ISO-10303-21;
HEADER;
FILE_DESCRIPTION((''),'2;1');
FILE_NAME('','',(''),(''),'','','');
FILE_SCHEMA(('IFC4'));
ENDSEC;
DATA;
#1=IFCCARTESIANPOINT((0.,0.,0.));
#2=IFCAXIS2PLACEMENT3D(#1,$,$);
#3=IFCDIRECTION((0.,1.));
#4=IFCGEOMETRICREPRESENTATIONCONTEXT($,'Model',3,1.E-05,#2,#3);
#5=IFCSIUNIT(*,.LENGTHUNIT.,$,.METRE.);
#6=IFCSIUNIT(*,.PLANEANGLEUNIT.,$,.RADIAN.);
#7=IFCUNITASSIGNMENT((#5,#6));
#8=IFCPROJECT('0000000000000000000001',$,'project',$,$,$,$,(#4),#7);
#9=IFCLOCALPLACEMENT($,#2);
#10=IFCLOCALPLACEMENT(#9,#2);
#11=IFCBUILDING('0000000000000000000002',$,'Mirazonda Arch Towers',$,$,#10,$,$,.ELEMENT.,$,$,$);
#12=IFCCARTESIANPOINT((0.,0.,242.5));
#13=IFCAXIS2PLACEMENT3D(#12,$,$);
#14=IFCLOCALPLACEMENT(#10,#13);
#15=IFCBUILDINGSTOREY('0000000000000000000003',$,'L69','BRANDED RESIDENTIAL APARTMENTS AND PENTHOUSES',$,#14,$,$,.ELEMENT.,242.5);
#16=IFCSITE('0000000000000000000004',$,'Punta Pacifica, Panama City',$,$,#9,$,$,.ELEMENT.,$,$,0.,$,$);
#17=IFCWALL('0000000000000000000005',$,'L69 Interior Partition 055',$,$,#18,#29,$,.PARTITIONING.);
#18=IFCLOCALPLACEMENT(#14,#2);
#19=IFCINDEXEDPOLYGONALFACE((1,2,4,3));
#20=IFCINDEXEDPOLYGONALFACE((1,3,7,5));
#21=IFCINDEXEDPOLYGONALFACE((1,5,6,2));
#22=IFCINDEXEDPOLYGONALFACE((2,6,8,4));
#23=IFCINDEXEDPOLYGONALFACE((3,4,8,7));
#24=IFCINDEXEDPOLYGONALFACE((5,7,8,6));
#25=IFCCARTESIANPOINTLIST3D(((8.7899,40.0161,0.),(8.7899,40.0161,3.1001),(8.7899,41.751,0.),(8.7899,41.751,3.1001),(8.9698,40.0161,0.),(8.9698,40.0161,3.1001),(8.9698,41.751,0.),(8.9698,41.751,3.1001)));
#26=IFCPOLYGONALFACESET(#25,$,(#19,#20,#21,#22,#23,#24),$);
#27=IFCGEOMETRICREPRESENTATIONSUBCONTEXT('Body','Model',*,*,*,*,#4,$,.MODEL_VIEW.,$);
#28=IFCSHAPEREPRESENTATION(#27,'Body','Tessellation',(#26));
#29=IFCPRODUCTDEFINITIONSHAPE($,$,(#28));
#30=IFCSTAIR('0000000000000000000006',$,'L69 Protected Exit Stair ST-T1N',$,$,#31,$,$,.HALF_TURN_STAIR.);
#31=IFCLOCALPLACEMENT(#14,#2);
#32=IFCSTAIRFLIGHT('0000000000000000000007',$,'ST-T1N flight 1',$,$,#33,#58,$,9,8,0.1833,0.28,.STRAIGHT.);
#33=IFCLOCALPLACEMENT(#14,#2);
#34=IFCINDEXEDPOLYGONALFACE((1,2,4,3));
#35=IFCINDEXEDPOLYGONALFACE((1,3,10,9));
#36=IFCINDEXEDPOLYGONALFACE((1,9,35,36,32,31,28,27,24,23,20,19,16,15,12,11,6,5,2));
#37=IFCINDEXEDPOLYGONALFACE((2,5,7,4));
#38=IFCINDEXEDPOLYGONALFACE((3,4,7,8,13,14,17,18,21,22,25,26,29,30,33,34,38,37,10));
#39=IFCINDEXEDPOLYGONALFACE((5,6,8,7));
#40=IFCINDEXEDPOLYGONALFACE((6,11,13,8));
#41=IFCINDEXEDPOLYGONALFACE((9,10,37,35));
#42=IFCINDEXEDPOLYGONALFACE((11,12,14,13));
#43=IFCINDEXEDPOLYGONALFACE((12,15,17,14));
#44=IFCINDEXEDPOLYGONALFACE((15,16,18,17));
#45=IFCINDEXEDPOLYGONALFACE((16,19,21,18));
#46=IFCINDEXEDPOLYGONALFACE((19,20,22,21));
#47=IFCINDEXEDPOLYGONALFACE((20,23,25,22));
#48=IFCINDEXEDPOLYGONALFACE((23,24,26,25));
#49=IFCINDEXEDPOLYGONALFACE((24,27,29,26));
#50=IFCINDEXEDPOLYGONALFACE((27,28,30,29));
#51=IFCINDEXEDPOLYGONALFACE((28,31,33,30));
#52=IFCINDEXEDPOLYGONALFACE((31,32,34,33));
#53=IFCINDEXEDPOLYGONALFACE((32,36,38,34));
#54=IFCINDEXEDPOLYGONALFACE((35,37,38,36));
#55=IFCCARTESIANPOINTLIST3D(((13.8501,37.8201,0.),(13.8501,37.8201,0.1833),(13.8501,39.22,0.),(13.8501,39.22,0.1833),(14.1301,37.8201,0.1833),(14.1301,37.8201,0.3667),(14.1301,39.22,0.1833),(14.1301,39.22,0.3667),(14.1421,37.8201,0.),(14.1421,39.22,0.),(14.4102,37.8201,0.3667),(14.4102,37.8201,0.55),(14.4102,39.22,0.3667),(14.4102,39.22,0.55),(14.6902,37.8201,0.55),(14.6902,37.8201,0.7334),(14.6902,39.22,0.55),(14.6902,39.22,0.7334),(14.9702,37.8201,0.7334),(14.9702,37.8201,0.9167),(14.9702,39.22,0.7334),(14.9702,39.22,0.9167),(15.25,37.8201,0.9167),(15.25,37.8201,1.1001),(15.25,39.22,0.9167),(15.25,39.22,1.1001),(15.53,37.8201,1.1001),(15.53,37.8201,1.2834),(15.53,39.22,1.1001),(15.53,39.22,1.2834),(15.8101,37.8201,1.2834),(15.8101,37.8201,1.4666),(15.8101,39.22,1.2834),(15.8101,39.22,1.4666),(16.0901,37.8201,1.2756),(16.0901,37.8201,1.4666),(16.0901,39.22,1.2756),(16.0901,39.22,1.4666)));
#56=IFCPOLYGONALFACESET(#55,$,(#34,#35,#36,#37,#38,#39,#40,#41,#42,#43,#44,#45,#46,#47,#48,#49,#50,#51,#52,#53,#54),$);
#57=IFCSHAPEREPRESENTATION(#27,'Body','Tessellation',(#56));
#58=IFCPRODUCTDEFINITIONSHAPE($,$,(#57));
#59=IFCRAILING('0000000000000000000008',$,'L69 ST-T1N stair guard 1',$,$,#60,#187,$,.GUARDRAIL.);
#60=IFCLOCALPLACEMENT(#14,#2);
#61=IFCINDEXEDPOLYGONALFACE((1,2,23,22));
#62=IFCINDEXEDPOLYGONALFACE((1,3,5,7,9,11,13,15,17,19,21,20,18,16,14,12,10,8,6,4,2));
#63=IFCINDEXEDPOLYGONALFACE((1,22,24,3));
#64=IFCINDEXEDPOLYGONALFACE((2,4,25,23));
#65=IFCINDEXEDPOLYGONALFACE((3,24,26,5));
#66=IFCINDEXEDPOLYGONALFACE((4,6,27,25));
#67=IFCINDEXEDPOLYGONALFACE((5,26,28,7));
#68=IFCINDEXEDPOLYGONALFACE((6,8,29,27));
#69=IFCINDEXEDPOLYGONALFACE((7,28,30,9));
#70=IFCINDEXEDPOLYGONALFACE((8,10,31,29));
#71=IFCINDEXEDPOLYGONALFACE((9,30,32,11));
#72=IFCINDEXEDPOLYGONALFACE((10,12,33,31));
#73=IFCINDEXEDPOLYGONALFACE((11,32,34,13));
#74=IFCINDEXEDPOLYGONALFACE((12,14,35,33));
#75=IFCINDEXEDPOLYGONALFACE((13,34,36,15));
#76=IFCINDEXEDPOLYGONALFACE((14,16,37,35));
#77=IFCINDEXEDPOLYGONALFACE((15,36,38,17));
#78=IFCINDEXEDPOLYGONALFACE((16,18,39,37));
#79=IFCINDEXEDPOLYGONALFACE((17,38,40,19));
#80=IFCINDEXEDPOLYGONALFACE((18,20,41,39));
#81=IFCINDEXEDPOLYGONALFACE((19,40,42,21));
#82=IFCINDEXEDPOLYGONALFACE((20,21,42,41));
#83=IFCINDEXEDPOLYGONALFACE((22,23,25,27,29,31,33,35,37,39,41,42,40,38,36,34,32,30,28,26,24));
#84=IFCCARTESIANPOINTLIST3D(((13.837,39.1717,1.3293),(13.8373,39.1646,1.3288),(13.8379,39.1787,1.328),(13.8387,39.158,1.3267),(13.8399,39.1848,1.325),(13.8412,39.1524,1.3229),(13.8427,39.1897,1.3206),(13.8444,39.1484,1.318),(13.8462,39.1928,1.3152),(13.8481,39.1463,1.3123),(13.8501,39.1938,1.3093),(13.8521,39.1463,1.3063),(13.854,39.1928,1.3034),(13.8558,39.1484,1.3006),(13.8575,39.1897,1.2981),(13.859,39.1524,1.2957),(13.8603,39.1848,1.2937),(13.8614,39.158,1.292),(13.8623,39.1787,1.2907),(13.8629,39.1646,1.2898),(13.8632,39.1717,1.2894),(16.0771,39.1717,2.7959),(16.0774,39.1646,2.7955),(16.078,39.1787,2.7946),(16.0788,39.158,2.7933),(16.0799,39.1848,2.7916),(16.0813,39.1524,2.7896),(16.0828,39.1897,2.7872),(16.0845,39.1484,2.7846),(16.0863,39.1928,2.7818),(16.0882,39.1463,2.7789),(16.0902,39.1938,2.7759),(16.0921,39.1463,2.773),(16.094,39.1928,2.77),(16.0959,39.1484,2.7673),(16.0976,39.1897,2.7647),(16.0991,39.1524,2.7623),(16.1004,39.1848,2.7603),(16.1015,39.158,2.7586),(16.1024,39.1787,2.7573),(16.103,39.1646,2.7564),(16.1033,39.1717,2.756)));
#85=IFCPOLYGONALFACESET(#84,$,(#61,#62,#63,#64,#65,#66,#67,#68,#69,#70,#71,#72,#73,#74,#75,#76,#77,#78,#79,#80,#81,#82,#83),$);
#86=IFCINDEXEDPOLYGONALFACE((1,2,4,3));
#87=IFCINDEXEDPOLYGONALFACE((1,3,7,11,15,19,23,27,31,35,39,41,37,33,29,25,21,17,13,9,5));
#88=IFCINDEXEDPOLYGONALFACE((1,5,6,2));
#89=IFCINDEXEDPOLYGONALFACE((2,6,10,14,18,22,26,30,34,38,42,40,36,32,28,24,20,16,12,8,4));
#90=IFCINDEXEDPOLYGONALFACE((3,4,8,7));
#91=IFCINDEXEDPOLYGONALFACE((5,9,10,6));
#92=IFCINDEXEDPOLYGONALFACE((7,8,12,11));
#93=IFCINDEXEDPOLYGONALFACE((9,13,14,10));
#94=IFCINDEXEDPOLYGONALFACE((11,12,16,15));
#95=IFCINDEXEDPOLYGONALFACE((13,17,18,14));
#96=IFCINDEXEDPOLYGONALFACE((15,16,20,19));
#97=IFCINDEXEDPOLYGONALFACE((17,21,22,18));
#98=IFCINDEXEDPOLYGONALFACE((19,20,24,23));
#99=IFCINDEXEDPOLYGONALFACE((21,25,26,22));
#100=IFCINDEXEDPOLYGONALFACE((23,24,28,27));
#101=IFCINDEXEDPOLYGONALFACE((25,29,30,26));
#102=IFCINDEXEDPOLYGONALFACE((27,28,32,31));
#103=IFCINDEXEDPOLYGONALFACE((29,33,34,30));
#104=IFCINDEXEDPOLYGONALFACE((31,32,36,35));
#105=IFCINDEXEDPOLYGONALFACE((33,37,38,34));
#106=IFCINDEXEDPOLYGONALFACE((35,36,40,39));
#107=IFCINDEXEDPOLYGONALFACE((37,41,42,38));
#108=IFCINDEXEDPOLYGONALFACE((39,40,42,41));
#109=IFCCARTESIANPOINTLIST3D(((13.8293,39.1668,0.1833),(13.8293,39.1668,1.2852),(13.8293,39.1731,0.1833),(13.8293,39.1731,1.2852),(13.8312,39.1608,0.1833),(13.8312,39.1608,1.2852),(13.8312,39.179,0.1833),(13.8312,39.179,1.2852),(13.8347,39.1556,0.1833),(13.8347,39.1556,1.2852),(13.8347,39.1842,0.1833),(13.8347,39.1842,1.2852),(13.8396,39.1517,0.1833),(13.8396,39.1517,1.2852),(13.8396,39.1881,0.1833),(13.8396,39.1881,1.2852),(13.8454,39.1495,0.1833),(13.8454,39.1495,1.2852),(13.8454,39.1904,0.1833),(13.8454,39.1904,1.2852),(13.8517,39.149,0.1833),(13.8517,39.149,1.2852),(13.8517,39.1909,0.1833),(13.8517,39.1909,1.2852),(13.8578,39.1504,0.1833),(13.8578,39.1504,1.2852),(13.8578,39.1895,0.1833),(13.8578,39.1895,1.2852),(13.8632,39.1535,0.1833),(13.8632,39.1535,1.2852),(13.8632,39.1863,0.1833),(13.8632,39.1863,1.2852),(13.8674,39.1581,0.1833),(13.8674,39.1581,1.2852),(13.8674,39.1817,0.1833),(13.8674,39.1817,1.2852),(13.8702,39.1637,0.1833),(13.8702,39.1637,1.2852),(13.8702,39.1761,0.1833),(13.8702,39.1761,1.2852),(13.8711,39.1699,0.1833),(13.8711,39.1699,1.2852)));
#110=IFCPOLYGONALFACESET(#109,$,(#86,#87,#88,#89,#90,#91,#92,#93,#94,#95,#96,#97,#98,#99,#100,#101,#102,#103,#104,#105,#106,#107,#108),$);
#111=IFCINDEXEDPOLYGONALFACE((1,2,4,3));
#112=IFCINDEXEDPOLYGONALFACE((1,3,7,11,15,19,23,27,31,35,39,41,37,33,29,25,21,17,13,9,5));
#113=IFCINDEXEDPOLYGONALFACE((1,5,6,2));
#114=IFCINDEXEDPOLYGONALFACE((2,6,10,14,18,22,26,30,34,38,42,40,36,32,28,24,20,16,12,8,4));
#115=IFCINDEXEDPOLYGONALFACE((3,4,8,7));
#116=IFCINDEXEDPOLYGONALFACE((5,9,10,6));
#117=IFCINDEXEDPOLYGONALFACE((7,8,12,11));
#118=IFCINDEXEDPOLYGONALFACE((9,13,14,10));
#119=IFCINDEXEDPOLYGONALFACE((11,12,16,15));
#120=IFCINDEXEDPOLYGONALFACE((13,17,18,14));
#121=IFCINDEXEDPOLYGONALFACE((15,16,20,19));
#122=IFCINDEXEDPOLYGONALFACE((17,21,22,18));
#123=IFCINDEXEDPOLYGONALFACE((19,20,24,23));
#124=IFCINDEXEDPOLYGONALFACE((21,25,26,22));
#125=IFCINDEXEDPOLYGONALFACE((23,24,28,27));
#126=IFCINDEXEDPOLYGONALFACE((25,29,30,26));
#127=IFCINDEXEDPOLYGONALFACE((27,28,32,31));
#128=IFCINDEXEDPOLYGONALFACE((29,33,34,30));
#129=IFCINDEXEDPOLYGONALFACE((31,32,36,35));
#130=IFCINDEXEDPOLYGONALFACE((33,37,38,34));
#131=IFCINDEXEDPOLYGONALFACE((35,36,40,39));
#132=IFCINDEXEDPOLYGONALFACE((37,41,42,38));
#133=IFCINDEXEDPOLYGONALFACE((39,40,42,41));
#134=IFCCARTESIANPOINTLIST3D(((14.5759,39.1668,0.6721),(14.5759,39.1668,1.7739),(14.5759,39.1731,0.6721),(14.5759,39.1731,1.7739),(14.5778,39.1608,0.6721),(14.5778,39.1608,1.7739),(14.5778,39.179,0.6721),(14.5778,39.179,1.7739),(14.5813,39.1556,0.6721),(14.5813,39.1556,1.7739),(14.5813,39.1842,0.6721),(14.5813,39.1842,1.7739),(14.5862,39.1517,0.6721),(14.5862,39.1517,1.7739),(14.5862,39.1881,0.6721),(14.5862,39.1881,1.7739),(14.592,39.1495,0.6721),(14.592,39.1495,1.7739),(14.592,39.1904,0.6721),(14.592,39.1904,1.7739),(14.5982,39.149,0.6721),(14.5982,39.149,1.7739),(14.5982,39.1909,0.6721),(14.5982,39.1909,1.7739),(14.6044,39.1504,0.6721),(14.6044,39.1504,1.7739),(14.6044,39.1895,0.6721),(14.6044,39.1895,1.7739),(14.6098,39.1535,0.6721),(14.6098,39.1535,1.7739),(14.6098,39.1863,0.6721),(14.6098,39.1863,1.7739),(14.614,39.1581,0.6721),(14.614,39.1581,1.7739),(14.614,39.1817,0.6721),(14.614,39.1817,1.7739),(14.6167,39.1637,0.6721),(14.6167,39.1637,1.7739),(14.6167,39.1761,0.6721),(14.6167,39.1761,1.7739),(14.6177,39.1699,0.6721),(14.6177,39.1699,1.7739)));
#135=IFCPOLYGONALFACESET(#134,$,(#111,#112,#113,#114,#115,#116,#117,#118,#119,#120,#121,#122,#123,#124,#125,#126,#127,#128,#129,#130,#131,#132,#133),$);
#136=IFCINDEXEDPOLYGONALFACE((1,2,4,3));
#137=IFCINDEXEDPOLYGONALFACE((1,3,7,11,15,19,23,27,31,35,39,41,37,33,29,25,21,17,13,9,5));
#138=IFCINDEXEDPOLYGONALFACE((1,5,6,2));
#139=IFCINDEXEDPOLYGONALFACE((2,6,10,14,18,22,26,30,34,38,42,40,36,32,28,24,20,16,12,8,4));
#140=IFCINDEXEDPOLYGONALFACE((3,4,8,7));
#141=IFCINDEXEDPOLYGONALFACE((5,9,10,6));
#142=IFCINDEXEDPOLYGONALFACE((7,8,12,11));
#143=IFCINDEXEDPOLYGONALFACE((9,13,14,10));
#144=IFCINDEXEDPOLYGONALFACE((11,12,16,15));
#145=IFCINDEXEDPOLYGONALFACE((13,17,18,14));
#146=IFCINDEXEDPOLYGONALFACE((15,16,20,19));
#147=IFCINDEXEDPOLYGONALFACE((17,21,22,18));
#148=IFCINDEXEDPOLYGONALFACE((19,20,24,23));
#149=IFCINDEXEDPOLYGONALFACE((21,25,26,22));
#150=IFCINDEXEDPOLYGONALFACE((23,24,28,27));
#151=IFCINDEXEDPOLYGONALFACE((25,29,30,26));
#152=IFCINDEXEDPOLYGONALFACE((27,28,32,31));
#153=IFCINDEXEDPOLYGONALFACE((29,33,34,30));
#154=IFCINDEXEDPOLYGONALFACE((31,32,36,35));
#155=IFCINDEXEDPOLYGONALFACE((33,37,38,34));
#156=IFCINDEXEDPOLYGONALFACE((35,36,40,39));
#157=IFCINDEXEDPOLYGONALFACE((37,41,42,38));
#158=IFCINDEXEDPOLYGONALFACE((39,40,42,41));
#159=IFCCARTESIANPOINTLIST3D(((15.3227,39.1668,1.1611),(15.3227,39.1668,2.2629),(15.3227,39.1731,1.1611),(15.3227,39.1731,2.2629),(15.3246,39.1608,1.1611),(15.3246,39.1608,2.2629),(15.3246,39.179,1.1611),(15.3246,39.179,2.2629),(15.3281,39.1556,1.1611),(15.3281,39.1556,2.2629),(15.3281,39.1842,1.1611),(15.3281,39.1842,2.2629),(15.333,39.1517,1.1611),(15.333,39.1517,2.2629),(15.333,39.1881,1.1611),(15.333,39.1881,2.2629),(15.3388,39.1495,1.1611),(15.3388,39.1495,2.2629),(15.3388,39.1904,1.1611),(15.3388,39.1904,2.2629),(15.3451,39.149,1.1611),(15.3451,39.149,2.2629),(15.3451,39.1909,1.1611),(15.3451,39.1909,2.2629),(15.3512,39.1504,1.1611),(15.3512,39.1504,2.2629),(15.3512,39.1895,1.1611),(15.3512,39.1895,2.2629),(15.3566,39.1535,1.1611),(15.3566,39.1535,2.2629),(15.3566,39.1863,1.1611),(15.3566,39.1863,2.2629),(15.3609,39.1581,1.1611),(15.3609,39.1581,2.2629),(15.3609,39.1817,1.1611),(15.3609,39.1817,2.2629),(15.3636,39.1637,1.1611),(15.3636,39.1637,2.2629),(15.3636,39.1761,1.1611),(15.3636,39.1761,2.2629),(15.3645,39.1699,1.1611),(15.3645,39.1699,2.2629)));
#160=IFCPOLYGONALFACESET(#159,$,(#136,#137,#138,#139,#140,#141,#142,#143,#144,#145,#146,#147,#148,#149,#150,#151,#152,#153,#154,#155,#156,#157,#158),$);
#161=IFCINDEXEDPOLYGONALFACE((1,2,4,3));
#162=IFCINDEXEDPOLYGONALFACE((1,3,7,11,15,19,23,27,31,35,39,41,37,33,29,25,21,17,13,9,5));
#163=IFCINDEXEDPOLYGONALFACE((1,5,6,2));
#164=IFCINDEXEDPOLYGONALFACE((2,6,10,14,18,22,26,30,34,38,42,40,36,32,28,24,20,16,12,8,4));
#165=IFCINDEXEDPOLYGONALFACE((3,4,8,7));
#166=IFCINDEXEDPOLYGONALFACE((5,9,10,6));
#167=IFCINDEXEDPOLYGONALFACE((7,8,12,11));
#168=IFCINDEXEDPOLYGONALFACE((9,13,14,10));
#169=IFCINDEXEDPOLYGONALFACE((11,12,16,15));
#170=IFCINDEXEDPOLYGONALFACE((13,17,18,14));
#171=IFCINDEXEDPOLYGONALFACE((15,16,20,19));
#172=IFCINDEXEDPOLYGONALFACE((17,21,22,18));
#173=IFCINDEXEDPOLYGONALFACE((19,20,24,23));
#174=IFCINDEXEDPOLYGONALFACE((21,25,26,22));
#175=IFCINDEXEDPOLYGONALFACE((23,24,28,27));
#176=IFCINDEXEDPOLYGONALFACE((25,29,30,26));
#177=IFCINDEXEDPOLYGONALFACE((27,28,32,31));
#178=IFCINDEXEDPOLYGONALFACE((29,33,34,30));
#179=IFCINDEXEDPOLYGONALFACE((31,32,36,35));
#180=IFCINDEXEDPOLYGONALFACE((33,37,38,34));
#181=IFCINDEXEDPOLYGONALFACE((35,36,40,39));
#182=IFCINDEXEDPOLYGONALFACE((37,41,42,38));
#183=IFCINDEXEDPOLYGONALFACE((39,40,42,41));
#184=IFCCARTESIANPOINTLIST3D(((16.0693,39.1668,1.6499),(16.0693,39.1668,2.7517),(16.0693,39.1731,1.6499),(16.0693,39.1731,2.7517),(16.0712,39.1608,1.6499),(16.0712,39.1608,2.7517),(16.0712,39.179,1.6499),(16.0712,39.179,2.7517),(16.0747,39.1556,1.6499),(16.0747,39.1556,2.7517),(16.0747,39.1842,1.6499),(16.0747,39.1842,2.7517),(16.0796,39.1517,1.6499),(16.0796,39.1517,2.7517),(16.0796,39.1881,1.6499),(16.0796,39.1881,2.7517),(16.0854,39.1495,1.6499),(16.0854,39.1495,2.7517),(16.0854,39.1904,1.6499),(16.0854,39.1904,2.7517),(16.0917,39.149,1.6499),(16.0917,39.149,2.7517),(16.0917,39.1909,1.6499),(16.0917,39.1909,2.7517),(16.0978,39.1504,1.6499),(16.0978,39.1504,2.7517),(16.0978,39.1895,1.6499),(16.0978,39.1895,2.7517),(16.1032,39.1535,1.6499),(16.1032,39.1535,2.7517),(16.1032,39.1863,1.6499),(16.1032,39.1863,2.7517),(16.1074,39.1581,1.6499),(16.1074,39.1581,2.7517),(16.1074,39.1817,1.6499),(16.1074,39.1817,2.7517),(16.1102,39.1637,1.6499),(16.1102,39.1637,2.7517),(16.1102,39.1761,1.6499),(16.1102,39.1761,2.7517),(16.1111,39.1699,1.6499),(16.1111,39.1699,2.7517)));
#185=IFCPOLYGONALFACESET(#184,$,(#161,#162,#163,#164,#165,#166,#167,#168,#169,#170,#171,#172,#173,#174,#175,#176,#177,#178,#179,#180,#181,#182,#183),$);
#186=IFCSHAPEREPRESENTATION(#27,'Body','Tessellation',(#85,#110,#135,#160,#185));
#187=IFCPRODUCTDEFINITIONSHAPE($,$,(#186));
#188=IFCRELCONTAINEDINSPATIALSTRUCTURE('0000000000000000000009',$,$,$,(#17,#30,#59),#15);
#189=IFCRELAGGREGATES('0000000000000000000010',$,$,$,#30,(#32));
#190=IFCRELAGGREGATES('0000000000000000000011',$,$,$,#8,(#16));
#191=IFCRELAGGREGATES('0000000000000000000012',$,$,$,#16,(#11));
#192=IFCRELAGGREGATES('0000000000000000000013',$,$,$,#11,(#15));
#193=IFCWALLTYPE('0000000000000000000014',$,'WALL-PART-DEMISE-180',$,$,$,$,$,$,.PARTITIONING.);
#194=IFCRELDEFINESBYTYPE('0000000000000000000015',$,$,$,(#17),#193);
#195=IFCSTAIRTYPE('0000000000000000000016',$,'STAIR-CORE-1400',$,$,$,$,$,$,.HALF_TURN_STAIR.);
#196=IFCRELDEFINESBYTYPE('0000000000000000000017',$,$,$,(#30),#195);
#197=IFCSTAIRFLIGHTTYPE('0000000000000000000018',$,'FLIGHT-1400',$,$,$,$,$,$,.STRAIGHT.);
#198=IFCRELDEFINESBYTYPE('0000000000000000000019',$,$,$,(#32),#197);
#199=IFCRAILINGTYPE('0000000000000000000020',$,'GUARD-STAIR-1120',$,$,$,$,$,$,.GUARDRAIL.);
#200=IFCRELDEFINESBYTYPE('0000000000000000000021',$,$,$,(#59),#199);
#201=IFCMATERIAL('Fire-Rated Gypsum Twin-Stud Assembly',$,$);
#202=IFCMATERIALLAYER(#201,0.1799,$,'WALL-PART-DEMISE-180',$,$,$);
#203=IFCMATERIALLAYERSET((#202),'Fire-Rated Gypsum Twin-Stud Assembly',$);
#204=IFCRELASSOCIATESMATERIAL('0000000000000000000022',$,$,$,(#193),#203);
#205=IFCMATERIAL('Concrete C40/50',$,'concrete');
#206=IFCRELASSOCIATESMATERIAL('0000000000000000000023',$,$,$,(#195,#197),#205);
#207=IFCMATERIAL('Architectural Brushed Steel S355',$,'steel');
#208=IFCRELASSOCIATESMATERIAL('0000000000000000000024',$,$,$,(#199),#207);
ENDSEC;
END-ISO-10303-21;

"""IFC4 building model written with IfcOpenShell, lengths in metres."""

from ifc_helpers import new_model, si_unit, direction, frame, frame_2d, origin, origin_2d, place, context, subcontext, project, spatial, polyline, rectangle, circle, outline, extrude, material, layer, layer_set, type_object, element, aggregate, save


model = new_model("IFC4")

# Units and contexts
model_context = context("Model", 3, precision=1e-05, world=origin(), true_north=direction((0.0, 1.0)))
body_context = subcontext(model_context, "Body", "Model", "MODEL_VIEW")
ifc_project = project(units=[si_unit("LENGTHUNIT", "METRE"), si_unit("PLANEANGLEUNIT", "RADIAN")], contexts=[model_context])

# Site, building, storey
site_placement = place(None, origin())
site = spatial("IfcSite", under=ifc_project, at=site_placement, Name="Punta Pacifica, Panama City", CompositionType="ELEMENT", RefElevation=0.0)
building_placement = place(site_placement, origin())
building = spatial("IfcBuilding", under=site, at=building_placement, Name="Mirazonda Arch Towers", CompositionType="ELEMENT")
storey_placement = place(building_placement, frame((0.0, 0.0, 242.5)))
storey = spatial("IfcBuildingStorey", under=building, at=storey_placement, Name="L69", Description="BRANDED RESIDENTIAL APARTMENTS AND PENTHOUSES", CompositionType="ELEMENT", Elevation=242.5)

# Shared definitions
ifc_material_1 = material(Name="Fire-Rated Gypsum Twin-Stud Assembly")
ifc_layer_1 = layer(ifc_material_1, 0.1799, Name="WALL-PART-DEMISE-180")
ifc_layer_set_1 = layer_set([ifc_layer_1], Name="Fire-Rated Gypsum Twin-Stud Assembly")
wall_type_1 = type_object("IfcWallType", Name="WALL-PART-DEMISE-180", PredefinedType="PARTITIONING", material=ifc_layer_set_1)
ifc_material_2 = material(Name="Architectural Brushed Steel S355", Category="steel")

# Wall
wall_1_placement = place(storey_placement, frame((8.8799, 40.0161, 0.0), z_axis=(0.0, 0.0, 1.0), x_axis=(0.0, 1.0, 0.0)))
element("IfcWall", 1, at=wall_1_placement, inside=storey, type_object=wall_type_1, Name="L69 Interior Partition 055", PredefinedType="PARTITIONING", context=body_context, shape_type="SweptSolid", body=[
    extrude(rectangle(XDim=1.7349, YDim=0.1799, at=frame_2d((0.8674, 0.0))), origin(), (0.0, 0.0, 1.0), 3.1001),
])

# Stair, stair flight
ifc_material_3 = material(Name="Concrete C40/50", Category="concrete")
stair_type = type_object("IfcStairType", Name="STAIR-CORE-1400", PredefinedType="HALF_TURN_STAIR", material=ifc_material_3)
stair_placement = place(storey_placement, origin())
stair = element("IfcStair", 2, at=stair_placement, inside=storey, type_object=stair_type, Name="L69 Protected Exit Stair ST-T1N", PredefinedType="HALF_TURN_STAIR")
stair_flight_type = type_object("IfcStairFlightType", Name="FLIGHT-1400", PredefinedType="STRAIGHT", material=ifc_material_3)
stair_flight_placement = place(storey_placement, frame((13.8501, 38.52, 0.0), z_axis=(0.0, 0.0, 1.0), x_axis=(1.0, 0.0, 0.0)))
stair_flight = element("IfcStairFlight", 3, at=stair_flight_placement, type_object=stair_flight_type, Name="ST-T1N flight 1", NumberOfRisers=9, NumberOfTreads=8, PredefinedType="STRAIGHT", RiserHeight=0.1833, TreadLength=0.28, context=body_context, shape_type="SweptSolid", body=[
    extrude(outline(polyline([(0.0, 0.0), (0.0, 0.1833), (0.28, 0.1833), (0.28, 0.3667), (0.5601, 0.3667), (0.5601, 0.55), (0.8401, 0.55), (0.8401, 0.7334), (1.1201, 0.7334), (1.1201, 0.9167), (1.3999, 0.9167), (1.3999, 1.1001), (1.6799, 1.1001), (1.6799, 1.2834), (1.96, 1.2834), (1.96, 1.4666), (2.24, 1.4666), (2.24, 1.6499), (2.24, 1.2756), (0.292, 0.0), (0.0, 0.0)])), frame((0.0, 0.7, 0.0), z_axis=(0.0, -1.0, 0.0), x_axis=(1.0, 0.0, 0.0)), (0.0, 0.0, 1.0), 1.3999),
])
aggregate(stair, [stair_flight])

# Railing
railing_type_1 = type_object("IfcRailingType", Name="GUARD-STAIR-1120", PredefinedType="GUARDRAIL", material=ifc_material_2)
railing_1_placement = place(storey_placement, frame((13.8501, 39.1699, 0.1833)))
element("IfcRailing", 4, at=railing_1_placement, inside=storey, type_object=railing_type_1, Name="L69 ST-T1N stair guard 1", PredefinedType="GUARDRAIL", context=body_context, shape_type="SweptSolid", body=[
    extrude(circle(Radius=0.0239, at=origin_2d()), frame((0.0, 0.0, 1.126), z_axis=(0.836637, 0.0, 0.547758), x_axis=(0.0, 1.0, 0.0)), (0.0, 0.0, 1.0), 2.6775),
    extrude(circle(Radius=0.021, at=origin_2d()), origin(), (0.0, 0.0, 1.0), 1.1018),
    extrude(circle(Radius=0.021, at=origin_2d()), frame((0.7466, 0.0, 0.4888)), (0.0, 0.0, 1.0), 1.1018),
    extrude(circle(Radius=0.021, at=origin_2d()), frame((1.4934, 0.0, 0.9778)), (0.0, 0.0, 1.0), 1.1018),
    extrude(circle(Radius=0.021, at=origin_2d()), frame((2.24, 0.0, 1.4666)), (0.0, 0.0, 1.0), 1.1018),
])

save(model, "model.ifc")
